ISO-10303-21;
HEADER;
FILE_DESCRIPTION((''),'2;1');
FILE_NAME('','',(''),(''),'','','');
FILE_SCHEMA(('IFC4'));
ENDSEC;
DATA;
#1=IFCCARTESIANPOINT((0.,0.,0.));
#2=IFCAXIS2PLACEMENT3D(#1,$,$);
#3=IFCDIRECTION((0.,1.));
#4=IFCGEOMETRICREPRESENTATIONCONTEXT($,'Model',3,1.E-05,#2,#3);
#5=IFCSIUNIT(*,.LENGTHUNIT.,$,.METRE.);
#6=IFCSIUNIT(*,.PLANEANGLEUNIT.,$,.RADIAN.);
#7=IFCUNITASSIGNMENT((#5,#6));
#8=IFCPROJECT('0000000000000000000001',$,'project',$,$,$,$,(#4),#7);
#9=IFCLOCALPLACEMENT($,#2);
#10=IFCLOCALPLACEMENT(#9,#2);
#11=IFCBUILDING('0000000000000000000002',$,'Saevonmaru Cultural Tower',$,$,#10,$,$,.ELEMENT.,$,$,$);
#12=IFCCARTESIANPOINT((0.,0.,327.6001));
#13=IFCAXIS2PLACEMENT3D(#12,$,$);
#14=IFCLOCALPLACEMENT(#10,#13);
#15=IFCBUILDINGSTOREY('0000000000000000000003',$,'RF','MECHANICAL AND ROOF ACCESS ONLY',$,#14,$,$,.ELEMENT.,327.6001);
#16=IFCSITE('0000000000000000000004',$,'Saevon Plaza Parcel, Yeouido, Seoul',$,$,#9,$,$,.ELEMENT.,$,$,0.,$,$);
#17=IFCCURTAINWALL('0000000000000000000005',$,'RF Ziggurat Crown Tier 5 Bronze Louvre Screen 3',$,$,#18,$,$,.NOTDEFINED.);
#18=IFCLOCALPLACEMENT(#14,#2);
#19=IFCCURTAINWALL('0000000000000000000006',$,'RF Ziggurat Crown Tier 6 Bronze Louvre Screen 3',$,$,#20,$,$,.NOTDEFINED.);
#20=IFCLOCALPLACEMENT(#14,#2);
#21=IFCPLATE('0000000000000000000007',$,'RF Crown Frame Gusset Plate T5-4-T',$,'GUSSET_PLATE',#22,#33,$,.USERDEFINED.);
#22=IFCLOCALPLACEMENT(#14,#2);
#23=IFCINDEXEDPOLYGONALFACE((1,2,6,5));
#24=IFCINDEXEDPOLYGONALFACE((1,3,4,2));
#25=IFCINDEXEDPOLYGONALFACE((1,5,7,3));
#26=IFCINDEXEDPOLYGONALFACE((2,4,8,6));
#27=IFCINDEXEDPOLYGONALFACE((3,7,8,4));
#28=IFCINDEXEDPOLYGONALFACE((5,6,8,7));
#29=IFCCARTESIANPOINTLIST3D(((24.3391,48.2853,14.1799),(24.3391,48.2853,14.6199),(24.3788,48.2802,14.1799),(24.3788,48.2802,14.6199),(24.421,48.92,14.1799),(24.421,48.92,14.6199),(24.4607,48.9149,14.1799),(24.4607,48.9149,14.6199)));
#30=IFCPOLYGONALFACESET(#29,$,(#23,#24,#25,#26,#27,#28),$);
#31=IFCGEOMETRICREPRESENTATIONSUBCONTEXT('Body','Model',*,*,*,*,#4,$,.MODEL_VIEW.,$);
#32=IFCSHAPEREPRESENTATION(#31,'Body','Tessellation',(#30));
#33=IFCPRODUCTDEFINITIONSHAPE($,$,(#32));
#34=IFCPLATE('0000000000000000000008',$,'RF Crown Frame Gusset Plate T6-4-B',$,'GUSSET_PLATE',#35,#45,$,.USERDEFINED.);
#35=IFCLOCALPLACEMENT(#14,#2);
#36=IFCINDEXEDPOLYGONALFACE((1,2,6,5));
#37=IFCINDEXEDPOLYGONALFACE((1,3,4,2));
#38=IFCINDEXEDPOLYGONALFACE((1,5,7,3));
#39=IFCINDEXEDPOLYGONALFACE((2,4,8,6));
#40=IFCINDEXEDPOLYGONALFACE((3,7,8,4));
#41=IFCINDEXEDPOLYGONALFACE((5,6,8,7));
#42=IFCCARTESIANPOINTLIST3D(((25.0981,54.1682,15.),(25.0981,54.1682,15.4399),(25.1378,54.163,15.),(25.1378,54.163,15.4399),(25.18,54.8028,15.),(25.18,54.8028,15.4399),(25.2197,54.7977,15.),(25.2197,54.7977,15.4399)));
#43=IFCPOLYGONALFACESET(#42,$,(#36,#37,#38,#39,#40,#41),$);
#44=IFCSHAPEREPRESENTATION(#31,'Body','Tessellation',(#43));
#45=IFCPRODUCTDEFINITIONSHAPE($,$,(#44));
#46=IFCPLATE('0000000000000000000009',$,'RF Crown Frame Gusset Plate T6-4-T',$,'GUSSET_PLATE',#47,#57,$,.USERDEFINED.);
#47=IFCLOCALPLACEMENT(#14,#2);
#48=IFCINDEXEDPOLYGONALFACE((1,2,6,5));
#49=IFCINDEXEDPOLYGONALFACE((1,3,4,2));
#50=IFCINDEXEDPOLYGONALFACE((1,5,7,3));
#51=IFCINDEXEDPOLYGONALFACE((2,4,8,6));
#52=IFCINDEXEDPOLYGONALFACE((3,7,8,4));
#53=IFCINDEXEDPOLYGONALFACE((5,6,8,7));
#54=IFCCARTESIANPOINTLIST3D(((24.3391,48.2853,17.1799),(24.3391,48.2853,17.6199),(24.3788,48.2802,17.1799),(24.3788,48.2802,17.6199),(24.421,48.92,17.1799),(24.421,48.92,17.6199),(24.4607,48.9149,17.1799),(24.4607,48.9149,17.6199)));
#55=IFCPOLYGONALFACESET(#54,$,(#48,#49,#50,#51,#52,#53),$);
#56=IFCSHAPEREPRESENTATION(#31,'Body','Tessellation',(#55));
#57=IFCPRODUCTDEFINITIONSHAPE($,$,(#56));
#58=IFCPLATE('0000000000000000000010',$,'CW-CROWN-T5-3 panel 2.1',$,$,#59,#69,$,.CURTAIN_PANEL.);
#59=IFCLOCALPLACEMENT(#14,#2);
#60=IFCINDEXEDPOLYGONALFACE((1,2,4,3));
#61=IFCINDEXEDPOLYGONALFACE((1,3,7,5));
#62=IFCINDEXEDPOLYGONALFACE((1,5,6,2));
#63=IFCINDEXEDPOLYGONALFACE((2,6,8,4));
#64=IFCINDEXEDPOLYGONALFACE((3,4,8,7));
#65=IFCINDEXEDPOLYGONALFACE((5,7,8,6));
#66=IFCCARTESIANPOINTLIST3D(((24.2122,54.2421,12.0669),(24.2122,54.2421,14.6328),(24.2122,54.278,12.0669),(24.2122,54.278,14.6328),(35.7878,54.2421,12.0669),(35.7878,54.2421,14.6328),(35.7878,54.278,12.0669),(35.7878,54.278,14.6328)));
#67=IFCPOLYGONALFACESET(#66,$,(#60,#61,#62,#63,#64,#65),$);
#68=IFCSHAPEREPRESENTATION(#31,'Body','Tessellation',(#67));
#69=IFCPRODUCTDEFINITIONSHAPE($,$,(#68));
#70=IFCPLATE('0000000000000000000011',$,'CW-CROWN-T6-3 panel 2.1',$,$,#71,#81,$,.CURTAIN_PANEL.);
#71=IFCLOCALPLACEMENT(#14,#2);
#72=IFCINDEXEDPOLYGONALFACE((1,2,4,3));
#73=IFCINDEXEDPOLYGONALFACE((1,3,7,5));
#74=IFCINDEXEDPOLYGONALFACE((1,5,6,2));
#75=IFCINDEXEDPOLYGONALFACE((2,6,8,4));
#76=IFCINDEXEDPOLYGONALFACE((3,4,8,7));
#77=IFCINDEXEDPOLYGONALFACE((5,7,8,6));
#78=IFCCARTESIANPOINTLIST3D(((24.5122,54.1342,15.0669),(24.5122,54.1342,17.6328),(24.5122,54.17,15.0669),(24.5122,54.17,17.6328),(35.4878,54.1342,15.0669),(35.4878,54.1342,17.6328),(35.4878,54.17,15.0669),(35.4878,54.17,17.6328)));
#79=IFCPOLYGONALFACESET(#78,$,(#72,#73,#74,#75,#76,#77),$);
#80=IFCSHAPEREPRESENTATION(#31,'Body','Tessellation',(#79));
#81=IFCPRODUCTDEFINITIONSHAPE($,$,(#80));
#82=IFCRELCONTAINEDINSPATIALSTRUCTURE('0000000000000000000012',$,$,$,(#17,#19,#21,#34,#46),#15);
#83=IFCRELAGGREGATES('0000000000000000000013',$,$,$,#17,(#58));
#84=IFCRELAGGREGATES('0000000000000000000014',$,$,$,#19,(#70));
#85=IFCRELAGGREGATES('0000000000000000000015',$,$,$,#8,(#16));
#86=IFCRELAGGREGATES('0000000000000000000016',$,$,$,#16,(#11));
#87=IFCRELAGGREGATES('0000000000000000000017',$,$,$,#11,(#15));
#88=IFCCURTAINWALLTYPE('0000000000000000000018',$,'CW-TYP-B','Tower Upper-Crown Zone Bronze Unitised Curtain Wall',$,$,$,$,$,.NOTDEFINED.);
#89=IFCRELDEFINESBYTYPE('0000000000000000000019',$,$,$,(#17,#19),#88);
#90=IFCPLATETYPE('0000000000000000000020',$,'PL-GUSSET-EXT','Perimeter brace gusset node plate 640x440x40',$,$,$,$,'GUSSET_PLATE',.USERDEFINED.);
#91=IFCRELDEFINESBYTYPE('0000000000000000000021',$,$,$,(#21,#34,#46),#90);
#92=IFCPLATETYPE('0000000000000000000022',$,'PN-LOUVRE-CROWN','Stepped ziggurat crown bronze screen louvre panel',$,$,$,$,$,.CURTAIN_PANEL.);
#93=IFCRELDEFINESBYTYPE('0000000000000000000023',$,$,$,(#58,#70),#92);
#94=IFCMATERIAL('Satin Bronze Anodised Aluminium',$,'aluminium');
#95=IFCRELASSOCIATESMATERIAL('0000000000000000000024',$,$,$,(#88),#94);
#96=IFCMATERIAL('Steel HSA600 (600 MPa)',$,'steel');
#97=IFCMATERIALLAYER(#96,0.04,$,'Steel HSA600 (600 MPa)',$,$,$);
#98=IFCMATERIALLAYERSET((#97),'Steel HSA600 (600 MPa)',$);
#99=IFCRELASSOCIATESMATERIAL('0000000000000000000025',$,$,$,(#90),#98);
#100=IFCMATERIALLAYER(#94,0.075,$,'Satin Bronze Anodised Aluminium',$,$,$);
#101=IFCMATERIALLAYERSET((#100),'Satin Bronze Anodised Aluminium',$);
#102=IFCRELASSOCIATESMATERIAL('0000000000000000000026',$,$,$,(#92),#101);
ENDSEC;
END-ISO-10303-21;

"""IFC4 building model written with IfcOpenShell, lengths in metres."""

from ifc_helpers import new_model, si_unit, direction, frame, origin, origin_2d, place, context, subcontext, project, spatial, rectangle, extrude, material, layer, layer_set, type_object, element, aggregate, save


model = new_model("IFC4")

# Units and contexts
model_context = context("Model", 3, precision=1e-05, world=origin(), true_north=direction((0.0, 1.0)))
body_context = subcontext(model_context, "Body", "Model", "MODEL_VIEW")
ifc_project = project(units=[si_unit("LENGTHUNIT", "METRE"), si_unit("PLANEANGLEUNIT", "RADIAN")], contexts=[model_context])

# Site, building, storey
site_placement = place(None, origin())
site = spatial("IfcSite", under=ifc_project, at=site_placement, Name="Saevon Plaza Parcel, Yeouido, Seoul", CompositionType="ELEMENT", RefElevation=0.0)
building_placement = place(site_placement, origin())
building = spatial("IfcBuilding", under=site, at=building_placement, Name="Saevonmaru Cultural Tower", CompositionType="ELEMENT")
storey_placement = place(building_placement, frame((0.0, 0.0, 327.6001)))
storey = spatial("IfcBuildingStorey", under=building, at=storey_placement, Name="RF", Description="MECHANICAL AND ROOF ACCESS ONLY", CompositionType="ELEMENT", Elevation=327.6001)

# Curtain wall
ifc_material_1 = material(Name="Satin Bronze Anodised Aluminium", Category="aluminium")
curtain_wall_type = type_object("IfcCurtainWallType", Name="CW-TYP-B", Description="Tower Upper-Crown Zone Bronze Unitised Curtain Wall", PredefinedType="NOTDEFINED", material=ifc_material_1)
curtain_wall_1_placement = place(storey_placement, origin())
curtain_wall_1 = element("IfcCurtainWall", 1, at=curtain_wall_1_placement, inside=storey, type_object=curtain_wall_type, Name="RF Ziggurat Crown Tier 5 Bronze Louvre Screen 3", PredefinedType="NOTDEFINED")

# Curtain wall
curtain_wall_2_placement = place(storey_placement, origin())
curtain_wall_2 = element("IfcCurtainWall", 2, at=curtain_wall_2_placement, inside=storey, type_object=curtain_wall_type, Name="RF Ziggurat Crown Tier 6 Bronze Louvre Screen 3", PredefinedType="NOTDEFINED")

# Plates
ifc_material_2 = material(Name="Steel HSA600 (600 MPa)", Category="steel")
ifc_layer_1 = layer(ifc_material_2, 0.04, Name="Steel HSA600 (600 MPa)")
ifc_layer_set_1 = layer_set([ifc_layer_1], Name="Steel HSA600 (600 MPa)")
plate_type_1 = type_object("IfcPlateType", Name="PL-GUSSET-EXT", Description="Perimeter brace gusset node plate 640x440x40", ElementType="GUSSET_PLATE", PredefinedType="USERDEFINED", material=ifc_layer_set_1)
for number, where, z_axis, x_axis, name in (
    (3, (24.3999, 48.6001, 14.1799), (0.0, 0.0, 1.0), (-0.127965, -0.991779, 0.0), "RF Crown Frame Gusset Plate T5-4-T"),
    (4, (25.1589, 54.4829, 15.0), (0.0, 0.0, 1.0), (-0.127965, -0.991779, 0.0), "RF Crown Frame Gusset Plate T6-4-B"),
    (5, (24.3999, 48.6001, 17.1799), (0.0, 0.0, 1.0), (-0.127965, -0.991779, 0.0), "RF Crown Frame Gusset Plate T6-4-T"),
):
    element("IfcPlate", number, at=place(storey_placement, frame(where, z_axis=z_axis, x_axis=x_axis)), inside=storey, type_object=plate_type_1, Name=name, ObjectType="GUSSET_PLATE", PredefinedType="USERDEFINED", context=body_context, shape_type="SweptSolid", body=[
        extrude(rectangle(XDim=0.6399, YDim=0.04, at=origin_2d()), origin(), (0.0, 0.0, 1.0), 0.4399),
    ])

# Plates
ifc_layer_2 = layer(ifc_material_1, 0.075, Name="Satin Bronze Anodised Aluminium")
ifc_layer_set_2 = layer_set([ifc_layer_2], Name="Satin Bronze Anodised Aluminium")
plate_type_2 = type_object("IfcPlateType", Name="PN-LOUVRE-CROWN", Description="Stepped ziggurat crown bronze screen louvre panel", PredefinedType="CURTAIN_PANEL", material=ifc_layer_set_2)
plate_1_placement = place(storey_placement, frame((30.0, 54.26, 12.0669), z_axis=(0.0, 0.0, 1.0), x_axis=(-1.0, 0.0, 0.0)))
plate_1 = element("IfcPlate", 6, at=plate_1_placement, type_object=plate_type_2, Name="CW-CROWN-T5-3 panel 2.1", PredefinedType="CURTAIN_PANEL", context=body_context, shape_type="SweptSolid", body=[
    extrude(rectangle(XDim=11.5757, YDim=0.0359, at=origin_2d()), origin(), (0.0, 0.0, 1.0), 2.5659),
])
aggregate(curtain_wall_1, [plate_1])
plate_2_placement = place(storey_placement, frame((30.0, 54.1521, 15.0669), z_axis=(0.0, 0.0, 1.0), x_axis=(-1.0, 0.0, 0.0)))
plate_2 = element("IfcPlate", 7, at=plate_2_placement, type_object=plate_type_2, Name="CW-CROWN-T6-3 panel 2.1", PredefinedType="CURTAIN_PANEL", context=body_context, shape_type="SweptSolid", body=[
    extrude(rectangle(XDim=10.9756, YDim=0.0359, at=origin_2d()), origin(), (0.0, 0.0, 1.0), 2.5659),
])
aggregate(curtain_wall_2, [plate_2])

save(model, "model.ifc")
